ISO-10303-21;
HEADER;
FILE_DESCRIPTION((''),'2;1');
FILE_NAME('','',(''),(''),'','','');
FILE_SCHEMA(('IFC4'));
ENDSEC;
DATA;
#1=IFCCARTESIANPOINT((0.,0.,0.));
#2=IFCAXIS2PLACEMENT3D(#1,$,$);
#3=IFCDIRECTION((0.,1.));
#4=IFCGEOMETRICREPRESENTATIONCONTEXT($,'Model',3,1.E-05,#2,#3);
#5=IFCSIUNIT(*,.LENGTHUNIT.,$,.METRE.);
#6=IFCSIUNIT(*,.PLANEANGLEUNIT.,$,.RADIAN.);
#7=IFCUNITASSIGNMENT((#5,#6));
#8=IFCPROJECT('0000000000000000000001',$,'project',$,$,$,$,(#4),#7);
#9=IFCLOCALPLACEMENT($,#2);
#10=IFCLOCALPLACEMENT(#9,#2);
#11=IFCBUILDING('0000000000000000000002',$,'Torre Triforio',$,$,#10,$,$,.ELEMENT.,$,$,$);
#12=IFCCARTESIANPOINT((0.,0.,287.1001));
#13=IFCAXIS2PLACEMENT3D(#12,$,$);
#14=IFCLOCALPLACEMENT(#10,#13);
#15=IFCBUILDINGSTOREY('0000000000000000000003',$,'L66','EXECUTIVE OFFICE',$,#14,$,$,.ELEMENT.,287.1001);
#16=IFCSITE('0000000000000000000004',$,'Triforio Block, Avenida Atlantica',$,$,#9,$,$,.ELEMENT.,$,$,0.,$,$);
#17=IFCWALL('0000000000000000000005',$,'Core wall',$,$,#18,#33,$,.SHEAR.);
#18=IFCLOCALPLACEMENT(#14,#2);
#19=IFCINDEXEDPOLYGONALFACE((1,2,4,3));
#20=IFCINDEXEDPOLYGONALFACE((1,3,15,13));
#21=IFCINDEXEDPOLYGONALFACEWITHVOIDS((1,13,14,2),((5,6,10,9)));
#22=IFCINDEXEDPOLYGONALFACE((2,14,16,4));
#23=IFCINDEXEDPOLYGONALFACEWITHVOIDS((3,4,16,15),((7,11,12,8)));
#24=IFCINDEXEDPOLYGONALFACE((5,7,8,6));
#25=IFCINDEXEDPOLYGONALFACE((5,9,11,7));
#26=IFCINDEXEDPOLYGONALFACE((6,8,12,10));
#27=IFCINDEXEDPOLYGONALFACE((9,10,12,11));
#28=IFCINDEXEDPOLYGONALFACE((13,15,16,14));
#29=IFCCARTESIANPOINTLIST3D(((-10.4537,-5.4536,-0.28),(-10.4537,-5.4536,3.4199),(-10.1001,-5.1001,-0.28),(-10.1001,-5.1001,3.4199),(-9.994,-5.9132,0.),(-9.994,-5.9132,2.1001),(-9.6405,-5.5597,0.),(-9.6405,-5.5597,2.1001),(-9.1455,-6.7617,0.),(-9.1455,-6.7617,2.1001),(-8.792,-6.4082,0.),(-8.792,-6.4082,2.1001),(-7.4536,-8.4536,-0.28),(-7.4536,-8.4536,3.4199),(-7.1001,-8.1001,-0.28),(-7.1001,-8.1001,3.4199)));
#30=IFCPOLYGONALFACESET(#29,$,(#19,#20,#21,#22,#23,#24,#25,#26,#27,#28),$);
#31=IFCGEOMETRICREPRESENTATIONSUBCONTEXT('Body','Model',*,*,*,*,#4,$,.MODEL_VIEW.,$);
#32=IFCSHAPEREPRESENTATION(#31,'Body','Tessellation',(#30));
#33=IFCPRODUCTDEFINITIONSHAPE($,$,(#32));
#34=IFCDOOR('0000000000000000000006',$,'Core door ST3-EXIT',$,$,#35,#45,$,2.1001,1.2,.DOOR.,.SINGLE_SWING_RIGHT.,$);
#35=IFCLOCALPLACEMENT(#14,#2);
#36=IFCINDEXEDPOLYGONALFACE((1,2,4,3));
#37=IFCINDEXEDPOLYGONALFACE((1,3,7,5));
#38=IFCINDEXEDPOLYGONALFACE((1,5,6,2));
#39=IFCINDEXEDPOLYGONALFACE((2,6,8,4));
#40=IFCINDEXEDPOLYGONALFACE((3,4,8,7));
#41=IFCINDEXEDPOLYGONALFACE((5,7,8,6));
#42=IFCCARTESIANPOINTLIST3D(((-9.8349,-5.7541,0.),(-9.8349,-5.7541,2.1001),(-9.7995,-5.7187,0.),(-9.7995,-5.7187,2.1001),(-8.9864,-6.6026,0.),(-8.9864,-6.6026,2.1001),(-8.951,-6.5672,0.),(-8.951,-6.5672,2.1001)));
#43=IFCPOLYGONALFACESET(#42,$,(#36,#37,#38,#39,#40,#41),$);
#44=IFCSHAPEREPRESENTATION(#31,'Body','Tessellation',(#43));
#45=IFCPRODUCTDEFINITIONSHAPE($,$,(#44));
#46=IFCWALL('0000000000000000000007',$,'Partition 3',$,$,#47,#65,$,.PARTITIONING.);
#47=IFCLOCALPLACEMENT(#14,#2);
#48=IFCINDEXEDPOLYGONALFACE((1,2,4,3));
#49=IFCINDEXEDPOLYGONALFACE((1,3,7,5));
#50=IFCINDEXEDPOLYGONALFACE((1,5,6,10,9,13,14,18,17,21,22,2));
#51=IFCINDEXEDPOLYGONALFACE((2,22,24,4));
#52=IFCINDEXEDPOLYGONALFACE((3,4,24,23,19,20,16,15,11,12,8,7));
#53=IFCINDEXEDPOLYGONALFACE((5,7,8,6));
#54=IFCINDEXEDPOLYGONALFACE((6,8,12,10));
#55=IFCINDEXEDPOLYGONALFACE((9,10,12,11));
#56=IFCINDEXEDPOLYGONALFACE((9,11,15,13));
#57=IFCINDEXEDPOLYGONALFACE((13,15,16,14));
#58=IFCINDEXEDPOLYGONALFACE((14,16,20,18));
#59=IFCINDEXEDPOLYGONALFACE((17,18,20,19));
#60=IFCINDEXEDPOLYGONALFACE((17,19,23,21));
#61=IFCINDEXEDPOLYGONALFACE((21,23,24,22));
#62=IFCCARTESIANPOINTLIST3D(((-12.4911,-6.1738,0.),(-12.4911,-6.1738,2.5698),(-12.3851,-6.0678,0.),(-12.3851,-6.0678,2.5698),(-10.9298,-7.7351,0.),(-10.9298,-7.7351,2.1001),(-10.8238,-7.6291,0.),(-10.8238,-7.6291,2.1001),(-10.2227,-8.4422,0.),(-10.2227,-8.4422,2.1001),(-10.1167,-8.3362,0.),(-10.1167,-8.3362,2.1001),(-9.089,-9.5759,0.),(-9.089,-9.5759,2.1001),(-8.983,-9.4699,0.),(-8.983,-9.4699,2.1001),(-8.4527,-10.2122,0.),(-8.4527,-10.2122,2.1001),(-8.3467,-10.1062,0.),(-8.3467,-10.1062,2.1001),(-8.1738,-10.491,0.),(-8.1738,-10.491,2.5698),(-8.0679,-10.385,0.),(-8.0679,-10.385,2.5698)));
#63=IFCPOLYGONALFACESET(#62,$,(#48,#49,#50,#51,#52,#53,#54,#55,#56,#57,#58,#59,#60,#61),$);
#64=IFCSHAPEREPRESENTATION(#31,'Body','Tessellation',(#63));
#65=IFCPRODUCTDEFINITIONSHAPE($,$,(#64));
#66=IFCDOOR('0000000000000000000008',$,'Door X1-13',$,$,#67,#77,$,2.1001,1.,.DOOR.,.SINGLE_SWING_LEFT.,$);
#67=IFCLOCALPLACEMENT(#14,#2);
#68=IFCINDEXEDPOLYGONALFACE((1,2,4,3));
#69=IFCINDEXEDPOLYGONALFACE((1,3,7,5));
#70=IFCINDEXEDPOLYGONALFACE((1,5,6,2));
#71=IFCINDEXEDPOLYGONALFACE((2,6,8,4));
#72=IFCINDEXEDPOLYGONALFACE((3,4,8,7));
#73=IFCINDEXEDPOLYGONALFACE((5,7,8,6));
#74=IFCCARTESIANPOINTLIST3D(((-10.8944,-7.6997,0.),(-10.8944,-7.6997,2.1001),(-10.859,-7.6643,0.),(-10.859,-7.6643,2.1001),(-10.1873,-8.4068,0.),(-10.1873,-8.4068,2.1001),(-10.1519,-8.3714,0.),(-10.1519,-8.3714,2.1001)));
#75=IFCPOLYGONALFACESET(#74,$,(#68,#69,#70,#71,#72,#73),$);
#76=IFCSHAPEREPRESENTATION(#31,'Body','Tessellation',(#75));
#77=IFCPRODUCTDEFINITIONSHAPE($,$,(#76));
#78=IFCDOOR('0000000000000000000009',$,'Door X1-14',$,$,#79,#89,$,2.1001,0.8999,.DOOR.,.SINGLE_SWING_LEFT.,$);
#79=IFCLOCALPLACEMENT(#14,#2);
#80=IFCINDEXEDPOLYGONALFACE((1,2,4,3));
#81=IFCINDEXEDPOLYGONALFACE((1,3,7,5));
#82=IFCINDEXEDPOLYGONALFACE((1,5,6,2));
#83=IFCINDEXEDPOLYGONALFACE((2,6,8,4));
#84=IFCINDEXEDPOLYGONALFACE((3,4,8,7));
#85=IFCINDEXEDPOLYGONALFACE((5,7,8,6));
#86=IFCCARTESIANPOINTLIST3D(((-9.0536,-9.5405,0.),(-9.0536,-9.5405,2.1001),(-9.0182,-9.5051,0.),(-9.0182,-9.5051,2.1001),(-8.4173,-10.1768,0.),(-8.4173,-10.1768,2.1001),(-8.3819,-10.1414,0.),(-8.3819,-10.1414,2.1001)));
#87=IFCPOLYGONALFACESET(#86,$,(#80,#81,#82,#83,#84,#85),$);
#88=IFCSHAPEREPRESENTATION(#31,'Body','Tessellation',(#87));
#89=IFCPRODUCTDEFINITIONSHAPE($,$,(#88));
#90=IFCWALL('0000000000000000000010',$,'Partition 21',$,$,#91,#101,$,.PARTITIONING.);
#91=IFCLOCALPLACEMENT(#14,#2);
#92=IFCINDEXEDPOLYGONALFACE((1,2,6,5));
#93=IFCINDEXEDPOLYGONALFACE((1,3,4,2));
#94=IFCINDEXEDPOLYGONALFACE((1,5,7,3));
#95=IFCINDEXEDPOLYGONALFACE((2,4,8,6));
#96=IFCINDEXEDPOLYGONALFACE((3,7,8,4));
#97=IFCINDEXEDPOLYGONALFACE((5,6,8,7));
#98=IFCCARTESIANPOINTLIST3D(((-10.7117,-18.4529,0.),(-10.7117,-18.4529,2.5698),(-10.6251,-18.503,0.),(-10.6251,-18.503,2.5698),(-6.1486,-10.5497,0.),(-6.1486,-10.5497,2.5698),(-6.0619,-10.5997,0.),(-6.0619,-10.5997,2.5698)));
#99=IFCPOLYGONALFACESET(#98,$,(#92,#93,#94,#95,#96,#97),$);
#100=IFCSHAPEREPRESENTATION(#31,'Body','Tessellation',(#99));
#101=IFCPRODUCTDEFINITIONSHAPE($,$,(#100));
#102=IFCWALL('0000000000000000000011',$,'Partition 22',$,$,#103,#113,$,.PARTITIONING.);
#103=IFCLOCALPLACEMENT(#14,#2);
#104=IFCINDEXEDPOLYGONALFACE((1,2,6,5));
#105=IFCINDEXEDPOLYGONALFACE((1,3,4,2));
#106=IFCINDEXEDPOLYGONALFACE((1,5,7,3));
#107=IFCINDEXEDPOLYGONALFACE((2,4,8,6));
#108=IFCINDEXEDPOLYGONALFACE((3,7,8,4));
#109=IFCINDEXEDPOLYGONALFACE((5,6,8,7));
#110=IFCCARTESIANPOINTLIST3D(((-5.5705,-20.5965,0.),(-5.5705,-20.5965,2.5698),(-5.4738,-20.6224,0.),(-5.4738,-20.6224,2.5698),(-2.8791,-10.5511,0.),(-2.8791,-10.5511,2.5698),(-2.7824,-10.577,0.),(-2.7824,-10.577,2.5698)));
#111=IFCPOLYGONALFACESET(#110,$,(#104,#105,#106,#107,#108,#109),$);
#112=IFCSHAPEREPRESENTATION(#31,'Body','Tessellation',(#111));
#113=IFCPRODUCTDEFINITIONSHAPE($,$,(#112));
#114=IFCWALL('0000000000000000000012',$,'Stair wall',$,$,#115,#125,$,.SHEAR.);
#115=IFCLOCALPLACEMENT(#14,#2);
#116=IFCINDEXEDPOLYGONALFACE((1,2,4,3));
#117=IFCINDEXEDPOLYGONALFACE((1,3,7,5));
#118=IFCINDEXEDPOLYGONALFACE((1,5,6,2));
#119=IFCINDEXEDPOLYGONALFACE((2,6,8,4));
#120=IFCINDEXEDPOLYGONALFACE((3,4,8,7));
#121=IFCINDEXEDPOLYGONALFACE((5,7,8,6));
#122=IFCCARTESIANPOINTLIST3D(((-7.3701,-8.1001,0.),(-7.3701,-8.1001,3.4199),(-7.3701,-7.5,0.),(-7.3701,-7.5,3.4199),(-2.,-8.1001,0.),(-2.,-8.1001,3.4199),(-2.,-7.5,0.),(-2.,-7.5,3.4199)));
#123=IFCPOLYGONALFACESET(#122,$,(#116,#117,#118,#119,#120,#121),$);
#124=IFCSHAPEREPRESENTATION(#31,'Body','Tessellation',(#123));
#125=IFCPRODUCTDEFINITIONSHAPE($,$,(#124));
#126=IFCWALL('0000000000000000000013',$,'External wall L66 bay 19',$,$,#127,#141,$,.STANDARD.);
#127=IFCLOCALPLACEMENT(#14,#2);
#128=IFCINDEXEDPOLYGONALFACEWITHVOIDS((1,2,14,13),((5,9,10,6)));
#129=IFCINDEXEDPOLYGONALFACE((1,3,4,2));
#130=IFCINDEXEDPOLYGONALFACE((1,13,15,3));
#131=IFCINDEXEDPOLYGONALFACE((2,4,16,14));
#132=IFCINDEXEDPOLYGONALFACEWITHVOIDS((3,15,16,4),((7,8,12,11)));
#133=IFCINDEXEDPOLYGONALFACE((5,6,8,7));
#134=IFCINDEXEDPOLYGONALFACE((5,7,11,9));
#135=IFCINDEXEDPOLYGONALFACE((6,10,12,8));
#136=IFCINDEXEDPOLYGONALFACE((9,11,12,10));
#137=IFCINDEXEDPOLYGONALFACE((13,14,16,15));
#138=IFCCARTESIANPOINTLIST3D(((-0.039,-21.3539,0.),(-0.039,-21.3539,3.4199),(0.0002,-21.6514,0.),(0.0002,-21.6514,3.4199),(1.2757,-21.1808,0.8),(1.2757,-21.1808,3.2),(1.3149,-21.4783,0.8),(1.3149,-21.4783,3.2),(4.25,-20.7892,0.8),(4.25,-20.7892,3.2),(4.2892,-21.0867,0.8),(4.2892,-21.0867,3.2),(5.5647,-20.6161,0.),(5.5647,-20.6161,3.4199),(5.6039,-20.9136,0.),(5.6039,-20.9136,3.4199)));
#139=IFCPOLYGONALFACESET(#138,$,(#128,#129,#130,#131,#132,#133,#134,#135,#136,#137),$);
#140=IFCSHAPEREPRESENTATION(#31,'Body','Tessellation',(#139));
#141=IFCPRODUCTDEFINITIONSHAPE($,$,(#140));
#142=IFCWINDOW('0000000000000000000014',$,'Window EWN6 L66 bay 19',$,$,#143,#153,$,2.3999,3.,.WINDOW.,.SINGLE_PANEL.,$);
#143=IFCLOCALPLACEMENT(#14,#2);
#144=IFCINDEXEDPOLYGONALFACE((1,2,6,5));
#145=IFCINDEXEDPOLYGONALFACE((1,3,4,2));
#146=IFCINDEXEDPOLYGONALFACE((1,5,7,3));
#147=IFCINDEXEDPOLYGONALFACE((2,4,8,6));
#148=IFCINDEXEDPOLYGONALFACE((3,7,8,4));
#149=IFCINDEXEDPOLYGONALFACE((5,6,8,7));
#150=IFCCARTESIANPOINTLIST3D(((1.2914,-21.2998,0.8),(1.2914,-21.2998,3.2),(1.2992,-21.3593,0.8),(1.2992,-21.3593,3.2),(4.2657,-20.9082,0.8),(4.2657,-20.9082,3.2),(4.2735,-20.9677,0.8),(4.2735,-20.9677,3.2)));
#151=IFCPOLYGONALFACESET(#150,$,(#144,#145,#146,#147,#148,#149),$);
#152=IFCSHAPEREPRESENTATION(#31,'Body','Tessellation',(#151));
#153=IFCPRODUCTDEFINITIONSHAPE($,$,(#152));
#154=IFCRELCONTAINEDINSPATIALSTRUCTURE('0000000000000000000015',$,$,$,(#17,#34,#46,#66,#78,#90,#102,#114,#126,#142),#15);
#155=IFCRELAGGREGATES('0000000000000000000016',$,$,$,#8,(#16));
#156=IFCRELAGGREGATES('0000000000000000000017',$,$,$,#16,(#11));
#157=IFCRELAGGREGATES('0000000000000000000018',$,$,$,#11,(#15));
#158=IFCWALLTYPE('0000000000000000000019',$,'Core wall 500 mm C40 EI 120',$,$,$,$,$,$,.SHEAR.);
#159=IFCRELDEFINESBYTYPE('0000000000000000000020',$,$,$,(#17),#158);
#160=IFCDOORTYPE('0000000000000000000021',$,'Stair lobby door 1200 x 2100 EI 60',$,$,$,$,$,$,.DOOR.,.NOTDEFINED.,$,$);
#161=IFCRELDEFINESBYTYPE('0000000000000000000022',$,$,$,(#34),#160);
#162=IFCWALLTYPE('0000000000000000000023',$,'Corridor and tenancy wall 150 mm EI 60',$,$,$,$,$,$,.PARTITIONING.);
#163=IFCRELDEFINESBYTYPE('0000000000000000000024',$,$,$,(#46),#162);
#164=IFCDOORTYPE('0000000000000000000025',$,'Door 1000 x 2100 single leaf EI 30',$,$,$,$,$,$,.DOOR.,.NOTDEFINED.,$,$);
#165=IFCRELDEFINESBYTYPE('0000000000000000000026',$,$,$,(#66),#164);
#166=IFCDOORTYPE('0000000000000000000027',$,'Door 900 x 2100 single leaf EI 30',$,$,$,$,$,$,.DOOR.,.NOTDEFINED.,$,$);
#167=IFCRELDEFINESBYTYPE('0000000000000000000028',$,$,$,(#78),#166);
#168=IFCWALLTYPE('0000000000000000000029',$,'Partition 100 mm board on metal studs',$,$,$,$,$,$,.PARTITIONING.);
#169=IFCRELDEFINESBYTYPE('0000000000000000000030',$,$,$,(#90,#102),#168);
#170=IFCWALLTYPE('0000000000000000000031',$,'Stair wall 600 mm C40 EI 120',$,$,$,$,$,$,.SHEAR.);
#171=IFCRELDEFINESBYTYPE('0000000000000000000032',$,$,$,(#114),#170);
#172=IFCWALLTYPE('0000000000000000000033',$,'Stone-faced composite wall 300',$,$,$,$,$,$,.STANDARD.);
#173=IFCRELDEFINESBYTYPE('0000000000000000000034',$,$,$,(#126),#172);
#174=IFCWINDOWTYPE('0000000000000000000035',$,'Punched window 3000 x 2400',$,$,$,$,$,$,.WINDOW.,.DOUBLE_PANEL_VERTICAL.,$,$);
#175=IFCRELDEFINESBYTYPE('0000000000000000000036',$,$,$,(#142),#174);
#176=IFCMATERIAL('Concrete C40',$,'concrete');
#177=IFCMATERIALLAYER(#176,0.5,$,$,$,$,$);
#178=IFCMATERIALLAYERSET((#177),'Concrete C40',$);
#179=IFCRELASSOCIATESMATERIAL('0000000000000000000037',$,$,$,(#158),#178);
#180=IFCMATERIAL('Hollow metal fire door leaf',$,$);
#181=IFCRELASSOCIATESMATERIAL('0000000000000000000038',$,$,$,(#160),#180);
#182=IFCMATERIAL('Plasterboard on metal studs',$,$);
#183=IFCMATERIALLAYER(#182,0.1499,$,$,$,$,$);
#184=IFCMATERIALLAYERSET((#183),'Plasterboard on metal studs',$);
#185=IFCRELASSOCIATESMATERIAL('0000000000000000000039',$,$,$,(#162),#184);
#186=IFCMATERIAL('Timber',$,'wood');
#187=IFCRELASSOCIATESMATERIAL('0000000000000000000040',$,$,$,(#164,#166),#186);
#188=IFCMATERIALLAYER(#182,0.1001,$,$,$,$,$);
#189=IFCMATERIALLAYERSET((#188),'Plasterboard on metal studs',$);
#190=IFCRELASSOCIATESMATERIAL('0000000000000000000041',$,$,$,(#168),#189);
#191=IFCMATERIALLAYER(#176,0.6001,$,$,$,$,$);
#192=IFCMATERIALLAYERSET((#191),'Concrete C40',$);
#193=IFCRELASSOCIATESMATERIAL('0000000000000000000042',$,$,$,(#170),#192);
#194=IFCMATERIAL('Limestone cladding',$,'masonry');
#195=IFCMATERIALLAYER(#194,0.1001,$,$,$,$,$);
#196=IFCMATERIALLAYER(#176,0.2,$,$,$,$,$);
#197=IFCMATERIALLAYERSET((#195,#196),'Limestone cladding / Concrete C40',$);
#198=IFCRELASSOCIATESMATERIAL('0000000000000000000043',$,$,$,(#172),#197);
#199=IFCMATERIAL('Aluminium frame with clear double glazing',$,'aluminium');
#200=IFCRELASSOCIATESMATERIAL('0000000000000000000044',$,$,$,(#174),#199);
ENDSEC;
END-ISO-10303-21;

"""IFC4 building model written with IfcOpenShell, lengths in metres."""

from ifc_helpers import new_model, si_unit, direction, frame, frame_2d, origin, place, context, subcontext, project, spatial, rectangle, extrude, material, layer, layer_set, type_object, element, fill, save


model = new_model("IFC4")

# Units and contexts
model_context = context("Model", 3, precision=1e-05, world=origin(), true_north=direction((0.0, 1.0)))
body_context = subcontext(model_context, "Body", "Model", "MODEL_VIEW")
ifc_project = project(units=[si_unit("LENGTHUNIT", "METRE"), si_unit("PLANEANGLEUNIT", "RADIAN")], contexts=[model_context])

# Site, building, storey
site_placement = place(None, origin())
site = spatial("IfcSite", under=ifc_project, at=site_placement, Name="Triforio Block, Avenida Atlantica", CompositionType="ELEMENT", RefElevation=0.0)
building_placement = place(site_placement, origin())
building = spatial("IfcBuilding", under=site, at=building_placement, Name="Torre Triforio", CompositionType="ELEMENT")
storey_placement = place(building_placement, frame((0.0, 0.0, 287.1001)))
storey = spatial("IfcBuildingStorey", under=building, at=storey_placement, Name="L66", Description="EXECUTIVE OFFICE", CompositionType="ELEMENT", Elevation=287.1001)

# Shared definitions
ifc_material_1 = material(Name="Concrete C40", Category="concrete")

# Shared definitions
ifc_layer_1 = layer(ifc_material_1, 0.5)
ifc_layer_set_1 = layer_set([ifc_layer_1], Name="Concrete C40")
wall_type_1 = type_object("IfcWallType", Name="Core wall 500 mm C40 EI 120", PredefinedType="SHEAR", material=ifc_layer_set_1)
ifc_material_2 = material(Name="Hollow metal fire door leaf")

# Wall, opening, door
wall_1_placement = place(storey_placement, frame((-7.2769, -8.2769, -0.28), z_axis=(0.0, 0.0, 1.0), x_axis=(-0.707107, 0.707107, 0.0)))
wall_1 = element("IfcWall", 1, at=wall_1_placement, inside=storey, type_object=wall_type_1, Name="Core wall", PredefinedType="SHEAR", context=body_context, shape_type="SweptSolid", body=[
    extrude(rectangle(XDim=4.2427, YDim=0.5, at=frame_2d((2.1213, 0.0))), origin(), (0.0, 0.0, 1.0), 3.7),
])
opening_1_placement = place(wall_1_placement, frame((2.3926, 0.0, 0.28)))
opening_1 = element("IfcOpeningElement", 2, at=opening_1_placement, cuts=wall_1, PredefinedType="OPENING", context=body_context, shape_type="SweptSolid", body=[
    extrude(rectangle(XDim=1.2, YDim=2.1001, at=frame_2d((0.6001, 1.05))), frame((0.0, 0.26, 0.0), z_axis=(0.0, -1.0, 0.0), x_axis=(1.0, 0.0, 0.0)), (0.0, 0.0, 1.0), 0.52),
])
door_type_1 = type_object("IfcDoorType", Name="Stair lobby door 1200 x 2100 EI 60", OperationType="NOTDEFINED", PredefinedType="DOOR", material=ifc_material_2)
door_1_placement = place(opening_1_placement, origin())
door_1 = element("IfcDoor", 3, at=door_1_placement, inside=storey, type_object=door_type_1, Name="Core door ST3-EXIT", OperationType="SINGLE_SWING_RIGHT", OverallHeight=2.1001, OverallWidth=1.2, PredefinedType="DOOR", context=body_context, shape_type="SweptSolid", body=[
    extrude(rectangle(XDim=1.2, YDim=2.1001, at=frame_2d((0.6001, 1.05))), frame((0.0, 0.0249, 0.0), z_axis=(0.0, -1.0, 0.0), x_axis=(1.0, 0.0, 0.0)), (0.0, 0.0, 1.0), 0.05),
])
fill(opening_1, door_1)

# Wall, openings, doors
ifc_material_3 = material(Name="Plasterboard on metal studs")
ifc_layer_2 = layer(ifc_material_3, 0.1499)
ifc_layer_set_2 = layer_set([ifc_layer_2], Name="Plasterboard on metal studs")
wall_type_2 = type_object("IfcWallType", Name="Corridor and tenancy wall 150 mm EI 60", PredefinedType="PARTITIONING", material=ifc_layer_set_2)
wall_2_placement = place(storey_placement, frame((-8.1208, -10.438, 0.0), z_axis=(0.0, 0.0, 1.0), x_axis=(-0.707107, 0.707107, 0.0)))
wall_2 = element("IfcWall", 4, at=wall_2_placement, inside=storey, type_object=wall_type_2, Name="Partition 3", PredefinedType="PARTITIONING", context=body_context, shape_type="SweptSolid", body=[
    extrude(rectangle(XDim=6.1055, YDim=0.1499, at=frame_2d((3.0527, 0.0))), origin(), (0.0, 0.0, 1.0), 2.5698),
])
opening_2_placement = place(wall_2_placement, frame((2.8975, 0.0, 0.0)))
opening_2 = element("IfcOpeningElement", 5, at=opening_2_placement, cuts=wall_2, PredefinedType="OPENING", context=body_context, shape_type="SweptSolid", body=[
    extrude(rectangle(XDim=1.0, YDim=2.1001, at=frame_2d((0.5, 1.05))), frame((0.0, 0.085, 0.0), z_axis=(0.0, -1.0, 0.0), x_axis=(1.0, 0.0, 0.0)), (0.0, 0.0, 1.0), 0.1699),
])
opening_3_placement = place(wall_2_placement, frame((0.3943, 0.0, 0.0)))
opening_3 = element("IfcOpeningElement", 6, at=opening_3_placement, cuts=wall_2, PredefinedType="OPENING", context=body_context, shape_type="SweptSolid", body=[
    extrude(rectangle(XDim=0.8999, YDim=2.1001, at=frame_2d((0.45, 1.05))), frame((0.0, 0.085, 0.0), z_axis=(0.0, -1.0, 0.0), x_axis=(1.0, 0.0, 0.0)), (0.0, 0.0, 1.0), 0.1699),
])
ifc_material_4 = material(Name="Timber", Category="wood")
door_type_2 = type_object("IfcDoorType", Name="Door 1000 x 2100 single leaf EI 30", OperationType="NOTDEFINED", PredefinedType="DOOR", material=ifc_material_4)
door_2_placement = place(opening_2_placement, origin())
door_2 = element("IfcDoor", 7, at=door_2_placement, inside=storey, type_object=door_type_2, Name="Door X1-13", OperationType="SINGLE_SWING_LEFT", OverallHeight=2.1001, OverallWidth=1.0, PredefinedType="DOOR", context=body_context, shape_type="SweptSolid", body=[
    extrude(rectangle(XDim=1.0, YDim=2.1001, at=frame_2d((0.5, 1.05))), frame((0.0, 0.0249, 0.0), z_axis=(0.0, -1.0, 0.0), x_axis=(1.0, 0.0, 0.0)), (0.0, 0.0, 1.0), 0.05),
])
fill(opening_2, door_2)
door_type_3 = type_object("IfcDoorType", Name="Door 900 x 2100 single leaf EI 30", OperationType="NOTDEFINED", PredefinedType="DOOR", material=ifc_material_4)
door_3_placement = place(opening_3_placement, origin())
door_3 = element("IfcDoor", 8, at=door_3_placement, inside=storey, type_object=door_type_3, Name="Door X1-14", OperationType="SINGLE_SWING_LEFT", OverallHeight=2.1001, OverallWidth=0.8999, PredefinedType="DOOR", context=body_context, shape_type="SweptSolid", body=[
    extrude(rectangle(XDim=0.8999, YDim=2.1001, at=frame_2d((0.45, 1.05))), frame((0.0, 0.0249, 0.0), z_axis=(0.0, -1.0, 0.0), x_axis=(1.0, 0.0, 0.0)), (0.0, 0.0, 1.0), 0.05),
])
fill(opening_3, door_3)

# Walls
ifc_layer_3 = layer(ifc_material_3, 0.1001)
ifc_layer_set_3 = layer_set([ifc_layer_3], Name="Plasterboard on metal studs")
wall_type_3 = type_object("IfcWallType", Name="Partition 100 mm board on metal studs", PredefinedType="PARTITIONING", material=ifc_layer_set_3)
wall_3_placement = place(storey_placement, frame((-6.1052, -10.5747, 0.0), z_axis=(0.0, 0.0, 1.0), x_axis=(-0.50002, -0.866014, 0.0)))
element("IfcWall", 9, at=wall_3_placement, inside=storey, type_object=wall_type_3, Name="Partition 21", PredefinedType="PARTITIONING", context=body_context, shape_type="SweptSolid", body=[
    extrude(rectangle(XDim=9.126, YDim=0.1001, at=frame_2d((4.563, 0.0))), origin(), (0.0, 0.0, 1.0), 2.5698),
])
wall_4_placement = place(storey_placement, frame((-2.8308, -10.5642, 0.0), z_axis=(0.0, 0.0, 1.0), x_axis=(-0.258796, -0.965932, 0.0)))
element("IfcWall", 10, at=wall_4_placement, inside=storey, type_object=wall_type_3, Name="Partition 22", PredefinedType="PARTITIONING", context=body_context, shape_type="SweptSolid", body=[
    extrude(rectangle(XDim=10.3997, YDim=0.1001, at=frame_2d((5.1997, 0.0))), origin(), (0.0, 0.0, 1.0), 2.5698),
])
ifc_layer_4 = layer(ifc_material_1, 0.6001)
ifc_layer_set_4 = layer_set([ifc_layer_4], Name="Concrete C40")
wall_type_4 = type_object("IfcWallType", Name="Stair wall 600 mm C40 EI 120", PredefinedType="SHEAR", material=ifc_layer_set_4)
wall_5_placement = place(storey_placement, frame((-7.3701, -7.8, 0.0), z_axis=(0.0, 0.0, 1.0), x_axis=(1.0, 0.0, 0.0)))
element("IfcWall", 11, at=wall_5_placement, inside=storey, type_object=wall_type_4, Name="Stair wall", PredefinedType="SHEAR", context=body_context, shape_type="SweptSolid", body=[
    extrude(rectangle(XDim=5.3701, YDim=0.6001, at=frame_2d((2.6851, 0.0))), origin(), (0.0, 0.0, 1.0), 3.4199),
])

# Shared definitions
ifc_material_5 = material(Name="Limestone cladding", Category="masonry")
ifc_layer_5 = layer(ifc_material_5, 0.1001)
ifc_layer_6 = layer(ifc_material_1, 0.2)
ifc_layer_set_5 = layer_set([ifc_layer_5, ifc_layer_6], Name="Limestone cladding / Concrete C40")
wall_type_5 = type_object("IfcWallType", Name="Stone-faced composite wall 300", PredefinedType="STANDARD", material=ifc_layer_set_5)
ifc_material_6 = material(Name="Aluminium frame with clear double glazing", Category="aluminium")

# Wall, opening, window
wall_6_placement = place(storey_placement, frame((-0.0195, -21.5027, 0.0), z_axis=(0.0, 0.0, 1.0), x_axis=(0.991444, 0.130534, 0.0)))
wall_6 = element("IfcWall", 12, at=wall_6_placement, inside=storey, type_object=wall_type_5, Name="External wall L66 bay 19", PredefinedType="STANDARD", context=body_context, shape_type="SweptSolid", body=[
    extrude(rectangle(XDim=5.6521, YDim=0.3, at=frame_2d((2.8262, 0.0))), origin(), (0.0, 0.0, 1.0), 3.4199),
])
opening_4_placement = place(wall_6_placement, frame((1.3262, 0.0, 0.8)))
opening_4 = element("IfcOpeningElement", 13, at=opening_4_placement, cuts=wall_6, PredefinedType="OPENING", context=body_context, shape_type="SweptSolid", body=[
    extrude(rectangle(XDim=3.0, YDim=2.3999, at=frame_2d((1.5, 1.2))), frame((0.0, 0.1599, 0.0), z_axis=(0.0, -1.0, 0.0), x_axis=(1.0, 0.0, 0.0)), (0.0, 0.0, 1.0), 0.3201),
])
window_type_1 = type_object("IfcWindowType", Name="Punched window 3000 x 2400", PartitioningType="DOUBLE_PANEL_VERTICAL", PredefinedType="WINDOW", material=ifc_material_6)
window_1_placement = place(opening_4_placement, origin())
window_1 = element("IfcWindow", 14, at=window_1_placement, inside=storey, type_object=window_type_1, Name="Window EWN6 L66 bay 19", OverallHeight=2.3999, OverallWidth=3.0, PartitioningType="SINGLE_PANEL", PredefinedType="WINDOW", context=body_context, shape_type="SweptSolid", body=[
    extrude(rectangle(XDim=3.0, YDim=2.3999, at=frame_2d((1.5, 1.2))), frame((0.0, 0.03, 0.0), z_axis=(0.0, -1.0, 0.0), x_axis=(1.0, 0.0, 0.0)), (0.0, 0.0, 1.0), 0.0601),
])
fill(opening_4, window_1)

save(model, "model.ifc")
